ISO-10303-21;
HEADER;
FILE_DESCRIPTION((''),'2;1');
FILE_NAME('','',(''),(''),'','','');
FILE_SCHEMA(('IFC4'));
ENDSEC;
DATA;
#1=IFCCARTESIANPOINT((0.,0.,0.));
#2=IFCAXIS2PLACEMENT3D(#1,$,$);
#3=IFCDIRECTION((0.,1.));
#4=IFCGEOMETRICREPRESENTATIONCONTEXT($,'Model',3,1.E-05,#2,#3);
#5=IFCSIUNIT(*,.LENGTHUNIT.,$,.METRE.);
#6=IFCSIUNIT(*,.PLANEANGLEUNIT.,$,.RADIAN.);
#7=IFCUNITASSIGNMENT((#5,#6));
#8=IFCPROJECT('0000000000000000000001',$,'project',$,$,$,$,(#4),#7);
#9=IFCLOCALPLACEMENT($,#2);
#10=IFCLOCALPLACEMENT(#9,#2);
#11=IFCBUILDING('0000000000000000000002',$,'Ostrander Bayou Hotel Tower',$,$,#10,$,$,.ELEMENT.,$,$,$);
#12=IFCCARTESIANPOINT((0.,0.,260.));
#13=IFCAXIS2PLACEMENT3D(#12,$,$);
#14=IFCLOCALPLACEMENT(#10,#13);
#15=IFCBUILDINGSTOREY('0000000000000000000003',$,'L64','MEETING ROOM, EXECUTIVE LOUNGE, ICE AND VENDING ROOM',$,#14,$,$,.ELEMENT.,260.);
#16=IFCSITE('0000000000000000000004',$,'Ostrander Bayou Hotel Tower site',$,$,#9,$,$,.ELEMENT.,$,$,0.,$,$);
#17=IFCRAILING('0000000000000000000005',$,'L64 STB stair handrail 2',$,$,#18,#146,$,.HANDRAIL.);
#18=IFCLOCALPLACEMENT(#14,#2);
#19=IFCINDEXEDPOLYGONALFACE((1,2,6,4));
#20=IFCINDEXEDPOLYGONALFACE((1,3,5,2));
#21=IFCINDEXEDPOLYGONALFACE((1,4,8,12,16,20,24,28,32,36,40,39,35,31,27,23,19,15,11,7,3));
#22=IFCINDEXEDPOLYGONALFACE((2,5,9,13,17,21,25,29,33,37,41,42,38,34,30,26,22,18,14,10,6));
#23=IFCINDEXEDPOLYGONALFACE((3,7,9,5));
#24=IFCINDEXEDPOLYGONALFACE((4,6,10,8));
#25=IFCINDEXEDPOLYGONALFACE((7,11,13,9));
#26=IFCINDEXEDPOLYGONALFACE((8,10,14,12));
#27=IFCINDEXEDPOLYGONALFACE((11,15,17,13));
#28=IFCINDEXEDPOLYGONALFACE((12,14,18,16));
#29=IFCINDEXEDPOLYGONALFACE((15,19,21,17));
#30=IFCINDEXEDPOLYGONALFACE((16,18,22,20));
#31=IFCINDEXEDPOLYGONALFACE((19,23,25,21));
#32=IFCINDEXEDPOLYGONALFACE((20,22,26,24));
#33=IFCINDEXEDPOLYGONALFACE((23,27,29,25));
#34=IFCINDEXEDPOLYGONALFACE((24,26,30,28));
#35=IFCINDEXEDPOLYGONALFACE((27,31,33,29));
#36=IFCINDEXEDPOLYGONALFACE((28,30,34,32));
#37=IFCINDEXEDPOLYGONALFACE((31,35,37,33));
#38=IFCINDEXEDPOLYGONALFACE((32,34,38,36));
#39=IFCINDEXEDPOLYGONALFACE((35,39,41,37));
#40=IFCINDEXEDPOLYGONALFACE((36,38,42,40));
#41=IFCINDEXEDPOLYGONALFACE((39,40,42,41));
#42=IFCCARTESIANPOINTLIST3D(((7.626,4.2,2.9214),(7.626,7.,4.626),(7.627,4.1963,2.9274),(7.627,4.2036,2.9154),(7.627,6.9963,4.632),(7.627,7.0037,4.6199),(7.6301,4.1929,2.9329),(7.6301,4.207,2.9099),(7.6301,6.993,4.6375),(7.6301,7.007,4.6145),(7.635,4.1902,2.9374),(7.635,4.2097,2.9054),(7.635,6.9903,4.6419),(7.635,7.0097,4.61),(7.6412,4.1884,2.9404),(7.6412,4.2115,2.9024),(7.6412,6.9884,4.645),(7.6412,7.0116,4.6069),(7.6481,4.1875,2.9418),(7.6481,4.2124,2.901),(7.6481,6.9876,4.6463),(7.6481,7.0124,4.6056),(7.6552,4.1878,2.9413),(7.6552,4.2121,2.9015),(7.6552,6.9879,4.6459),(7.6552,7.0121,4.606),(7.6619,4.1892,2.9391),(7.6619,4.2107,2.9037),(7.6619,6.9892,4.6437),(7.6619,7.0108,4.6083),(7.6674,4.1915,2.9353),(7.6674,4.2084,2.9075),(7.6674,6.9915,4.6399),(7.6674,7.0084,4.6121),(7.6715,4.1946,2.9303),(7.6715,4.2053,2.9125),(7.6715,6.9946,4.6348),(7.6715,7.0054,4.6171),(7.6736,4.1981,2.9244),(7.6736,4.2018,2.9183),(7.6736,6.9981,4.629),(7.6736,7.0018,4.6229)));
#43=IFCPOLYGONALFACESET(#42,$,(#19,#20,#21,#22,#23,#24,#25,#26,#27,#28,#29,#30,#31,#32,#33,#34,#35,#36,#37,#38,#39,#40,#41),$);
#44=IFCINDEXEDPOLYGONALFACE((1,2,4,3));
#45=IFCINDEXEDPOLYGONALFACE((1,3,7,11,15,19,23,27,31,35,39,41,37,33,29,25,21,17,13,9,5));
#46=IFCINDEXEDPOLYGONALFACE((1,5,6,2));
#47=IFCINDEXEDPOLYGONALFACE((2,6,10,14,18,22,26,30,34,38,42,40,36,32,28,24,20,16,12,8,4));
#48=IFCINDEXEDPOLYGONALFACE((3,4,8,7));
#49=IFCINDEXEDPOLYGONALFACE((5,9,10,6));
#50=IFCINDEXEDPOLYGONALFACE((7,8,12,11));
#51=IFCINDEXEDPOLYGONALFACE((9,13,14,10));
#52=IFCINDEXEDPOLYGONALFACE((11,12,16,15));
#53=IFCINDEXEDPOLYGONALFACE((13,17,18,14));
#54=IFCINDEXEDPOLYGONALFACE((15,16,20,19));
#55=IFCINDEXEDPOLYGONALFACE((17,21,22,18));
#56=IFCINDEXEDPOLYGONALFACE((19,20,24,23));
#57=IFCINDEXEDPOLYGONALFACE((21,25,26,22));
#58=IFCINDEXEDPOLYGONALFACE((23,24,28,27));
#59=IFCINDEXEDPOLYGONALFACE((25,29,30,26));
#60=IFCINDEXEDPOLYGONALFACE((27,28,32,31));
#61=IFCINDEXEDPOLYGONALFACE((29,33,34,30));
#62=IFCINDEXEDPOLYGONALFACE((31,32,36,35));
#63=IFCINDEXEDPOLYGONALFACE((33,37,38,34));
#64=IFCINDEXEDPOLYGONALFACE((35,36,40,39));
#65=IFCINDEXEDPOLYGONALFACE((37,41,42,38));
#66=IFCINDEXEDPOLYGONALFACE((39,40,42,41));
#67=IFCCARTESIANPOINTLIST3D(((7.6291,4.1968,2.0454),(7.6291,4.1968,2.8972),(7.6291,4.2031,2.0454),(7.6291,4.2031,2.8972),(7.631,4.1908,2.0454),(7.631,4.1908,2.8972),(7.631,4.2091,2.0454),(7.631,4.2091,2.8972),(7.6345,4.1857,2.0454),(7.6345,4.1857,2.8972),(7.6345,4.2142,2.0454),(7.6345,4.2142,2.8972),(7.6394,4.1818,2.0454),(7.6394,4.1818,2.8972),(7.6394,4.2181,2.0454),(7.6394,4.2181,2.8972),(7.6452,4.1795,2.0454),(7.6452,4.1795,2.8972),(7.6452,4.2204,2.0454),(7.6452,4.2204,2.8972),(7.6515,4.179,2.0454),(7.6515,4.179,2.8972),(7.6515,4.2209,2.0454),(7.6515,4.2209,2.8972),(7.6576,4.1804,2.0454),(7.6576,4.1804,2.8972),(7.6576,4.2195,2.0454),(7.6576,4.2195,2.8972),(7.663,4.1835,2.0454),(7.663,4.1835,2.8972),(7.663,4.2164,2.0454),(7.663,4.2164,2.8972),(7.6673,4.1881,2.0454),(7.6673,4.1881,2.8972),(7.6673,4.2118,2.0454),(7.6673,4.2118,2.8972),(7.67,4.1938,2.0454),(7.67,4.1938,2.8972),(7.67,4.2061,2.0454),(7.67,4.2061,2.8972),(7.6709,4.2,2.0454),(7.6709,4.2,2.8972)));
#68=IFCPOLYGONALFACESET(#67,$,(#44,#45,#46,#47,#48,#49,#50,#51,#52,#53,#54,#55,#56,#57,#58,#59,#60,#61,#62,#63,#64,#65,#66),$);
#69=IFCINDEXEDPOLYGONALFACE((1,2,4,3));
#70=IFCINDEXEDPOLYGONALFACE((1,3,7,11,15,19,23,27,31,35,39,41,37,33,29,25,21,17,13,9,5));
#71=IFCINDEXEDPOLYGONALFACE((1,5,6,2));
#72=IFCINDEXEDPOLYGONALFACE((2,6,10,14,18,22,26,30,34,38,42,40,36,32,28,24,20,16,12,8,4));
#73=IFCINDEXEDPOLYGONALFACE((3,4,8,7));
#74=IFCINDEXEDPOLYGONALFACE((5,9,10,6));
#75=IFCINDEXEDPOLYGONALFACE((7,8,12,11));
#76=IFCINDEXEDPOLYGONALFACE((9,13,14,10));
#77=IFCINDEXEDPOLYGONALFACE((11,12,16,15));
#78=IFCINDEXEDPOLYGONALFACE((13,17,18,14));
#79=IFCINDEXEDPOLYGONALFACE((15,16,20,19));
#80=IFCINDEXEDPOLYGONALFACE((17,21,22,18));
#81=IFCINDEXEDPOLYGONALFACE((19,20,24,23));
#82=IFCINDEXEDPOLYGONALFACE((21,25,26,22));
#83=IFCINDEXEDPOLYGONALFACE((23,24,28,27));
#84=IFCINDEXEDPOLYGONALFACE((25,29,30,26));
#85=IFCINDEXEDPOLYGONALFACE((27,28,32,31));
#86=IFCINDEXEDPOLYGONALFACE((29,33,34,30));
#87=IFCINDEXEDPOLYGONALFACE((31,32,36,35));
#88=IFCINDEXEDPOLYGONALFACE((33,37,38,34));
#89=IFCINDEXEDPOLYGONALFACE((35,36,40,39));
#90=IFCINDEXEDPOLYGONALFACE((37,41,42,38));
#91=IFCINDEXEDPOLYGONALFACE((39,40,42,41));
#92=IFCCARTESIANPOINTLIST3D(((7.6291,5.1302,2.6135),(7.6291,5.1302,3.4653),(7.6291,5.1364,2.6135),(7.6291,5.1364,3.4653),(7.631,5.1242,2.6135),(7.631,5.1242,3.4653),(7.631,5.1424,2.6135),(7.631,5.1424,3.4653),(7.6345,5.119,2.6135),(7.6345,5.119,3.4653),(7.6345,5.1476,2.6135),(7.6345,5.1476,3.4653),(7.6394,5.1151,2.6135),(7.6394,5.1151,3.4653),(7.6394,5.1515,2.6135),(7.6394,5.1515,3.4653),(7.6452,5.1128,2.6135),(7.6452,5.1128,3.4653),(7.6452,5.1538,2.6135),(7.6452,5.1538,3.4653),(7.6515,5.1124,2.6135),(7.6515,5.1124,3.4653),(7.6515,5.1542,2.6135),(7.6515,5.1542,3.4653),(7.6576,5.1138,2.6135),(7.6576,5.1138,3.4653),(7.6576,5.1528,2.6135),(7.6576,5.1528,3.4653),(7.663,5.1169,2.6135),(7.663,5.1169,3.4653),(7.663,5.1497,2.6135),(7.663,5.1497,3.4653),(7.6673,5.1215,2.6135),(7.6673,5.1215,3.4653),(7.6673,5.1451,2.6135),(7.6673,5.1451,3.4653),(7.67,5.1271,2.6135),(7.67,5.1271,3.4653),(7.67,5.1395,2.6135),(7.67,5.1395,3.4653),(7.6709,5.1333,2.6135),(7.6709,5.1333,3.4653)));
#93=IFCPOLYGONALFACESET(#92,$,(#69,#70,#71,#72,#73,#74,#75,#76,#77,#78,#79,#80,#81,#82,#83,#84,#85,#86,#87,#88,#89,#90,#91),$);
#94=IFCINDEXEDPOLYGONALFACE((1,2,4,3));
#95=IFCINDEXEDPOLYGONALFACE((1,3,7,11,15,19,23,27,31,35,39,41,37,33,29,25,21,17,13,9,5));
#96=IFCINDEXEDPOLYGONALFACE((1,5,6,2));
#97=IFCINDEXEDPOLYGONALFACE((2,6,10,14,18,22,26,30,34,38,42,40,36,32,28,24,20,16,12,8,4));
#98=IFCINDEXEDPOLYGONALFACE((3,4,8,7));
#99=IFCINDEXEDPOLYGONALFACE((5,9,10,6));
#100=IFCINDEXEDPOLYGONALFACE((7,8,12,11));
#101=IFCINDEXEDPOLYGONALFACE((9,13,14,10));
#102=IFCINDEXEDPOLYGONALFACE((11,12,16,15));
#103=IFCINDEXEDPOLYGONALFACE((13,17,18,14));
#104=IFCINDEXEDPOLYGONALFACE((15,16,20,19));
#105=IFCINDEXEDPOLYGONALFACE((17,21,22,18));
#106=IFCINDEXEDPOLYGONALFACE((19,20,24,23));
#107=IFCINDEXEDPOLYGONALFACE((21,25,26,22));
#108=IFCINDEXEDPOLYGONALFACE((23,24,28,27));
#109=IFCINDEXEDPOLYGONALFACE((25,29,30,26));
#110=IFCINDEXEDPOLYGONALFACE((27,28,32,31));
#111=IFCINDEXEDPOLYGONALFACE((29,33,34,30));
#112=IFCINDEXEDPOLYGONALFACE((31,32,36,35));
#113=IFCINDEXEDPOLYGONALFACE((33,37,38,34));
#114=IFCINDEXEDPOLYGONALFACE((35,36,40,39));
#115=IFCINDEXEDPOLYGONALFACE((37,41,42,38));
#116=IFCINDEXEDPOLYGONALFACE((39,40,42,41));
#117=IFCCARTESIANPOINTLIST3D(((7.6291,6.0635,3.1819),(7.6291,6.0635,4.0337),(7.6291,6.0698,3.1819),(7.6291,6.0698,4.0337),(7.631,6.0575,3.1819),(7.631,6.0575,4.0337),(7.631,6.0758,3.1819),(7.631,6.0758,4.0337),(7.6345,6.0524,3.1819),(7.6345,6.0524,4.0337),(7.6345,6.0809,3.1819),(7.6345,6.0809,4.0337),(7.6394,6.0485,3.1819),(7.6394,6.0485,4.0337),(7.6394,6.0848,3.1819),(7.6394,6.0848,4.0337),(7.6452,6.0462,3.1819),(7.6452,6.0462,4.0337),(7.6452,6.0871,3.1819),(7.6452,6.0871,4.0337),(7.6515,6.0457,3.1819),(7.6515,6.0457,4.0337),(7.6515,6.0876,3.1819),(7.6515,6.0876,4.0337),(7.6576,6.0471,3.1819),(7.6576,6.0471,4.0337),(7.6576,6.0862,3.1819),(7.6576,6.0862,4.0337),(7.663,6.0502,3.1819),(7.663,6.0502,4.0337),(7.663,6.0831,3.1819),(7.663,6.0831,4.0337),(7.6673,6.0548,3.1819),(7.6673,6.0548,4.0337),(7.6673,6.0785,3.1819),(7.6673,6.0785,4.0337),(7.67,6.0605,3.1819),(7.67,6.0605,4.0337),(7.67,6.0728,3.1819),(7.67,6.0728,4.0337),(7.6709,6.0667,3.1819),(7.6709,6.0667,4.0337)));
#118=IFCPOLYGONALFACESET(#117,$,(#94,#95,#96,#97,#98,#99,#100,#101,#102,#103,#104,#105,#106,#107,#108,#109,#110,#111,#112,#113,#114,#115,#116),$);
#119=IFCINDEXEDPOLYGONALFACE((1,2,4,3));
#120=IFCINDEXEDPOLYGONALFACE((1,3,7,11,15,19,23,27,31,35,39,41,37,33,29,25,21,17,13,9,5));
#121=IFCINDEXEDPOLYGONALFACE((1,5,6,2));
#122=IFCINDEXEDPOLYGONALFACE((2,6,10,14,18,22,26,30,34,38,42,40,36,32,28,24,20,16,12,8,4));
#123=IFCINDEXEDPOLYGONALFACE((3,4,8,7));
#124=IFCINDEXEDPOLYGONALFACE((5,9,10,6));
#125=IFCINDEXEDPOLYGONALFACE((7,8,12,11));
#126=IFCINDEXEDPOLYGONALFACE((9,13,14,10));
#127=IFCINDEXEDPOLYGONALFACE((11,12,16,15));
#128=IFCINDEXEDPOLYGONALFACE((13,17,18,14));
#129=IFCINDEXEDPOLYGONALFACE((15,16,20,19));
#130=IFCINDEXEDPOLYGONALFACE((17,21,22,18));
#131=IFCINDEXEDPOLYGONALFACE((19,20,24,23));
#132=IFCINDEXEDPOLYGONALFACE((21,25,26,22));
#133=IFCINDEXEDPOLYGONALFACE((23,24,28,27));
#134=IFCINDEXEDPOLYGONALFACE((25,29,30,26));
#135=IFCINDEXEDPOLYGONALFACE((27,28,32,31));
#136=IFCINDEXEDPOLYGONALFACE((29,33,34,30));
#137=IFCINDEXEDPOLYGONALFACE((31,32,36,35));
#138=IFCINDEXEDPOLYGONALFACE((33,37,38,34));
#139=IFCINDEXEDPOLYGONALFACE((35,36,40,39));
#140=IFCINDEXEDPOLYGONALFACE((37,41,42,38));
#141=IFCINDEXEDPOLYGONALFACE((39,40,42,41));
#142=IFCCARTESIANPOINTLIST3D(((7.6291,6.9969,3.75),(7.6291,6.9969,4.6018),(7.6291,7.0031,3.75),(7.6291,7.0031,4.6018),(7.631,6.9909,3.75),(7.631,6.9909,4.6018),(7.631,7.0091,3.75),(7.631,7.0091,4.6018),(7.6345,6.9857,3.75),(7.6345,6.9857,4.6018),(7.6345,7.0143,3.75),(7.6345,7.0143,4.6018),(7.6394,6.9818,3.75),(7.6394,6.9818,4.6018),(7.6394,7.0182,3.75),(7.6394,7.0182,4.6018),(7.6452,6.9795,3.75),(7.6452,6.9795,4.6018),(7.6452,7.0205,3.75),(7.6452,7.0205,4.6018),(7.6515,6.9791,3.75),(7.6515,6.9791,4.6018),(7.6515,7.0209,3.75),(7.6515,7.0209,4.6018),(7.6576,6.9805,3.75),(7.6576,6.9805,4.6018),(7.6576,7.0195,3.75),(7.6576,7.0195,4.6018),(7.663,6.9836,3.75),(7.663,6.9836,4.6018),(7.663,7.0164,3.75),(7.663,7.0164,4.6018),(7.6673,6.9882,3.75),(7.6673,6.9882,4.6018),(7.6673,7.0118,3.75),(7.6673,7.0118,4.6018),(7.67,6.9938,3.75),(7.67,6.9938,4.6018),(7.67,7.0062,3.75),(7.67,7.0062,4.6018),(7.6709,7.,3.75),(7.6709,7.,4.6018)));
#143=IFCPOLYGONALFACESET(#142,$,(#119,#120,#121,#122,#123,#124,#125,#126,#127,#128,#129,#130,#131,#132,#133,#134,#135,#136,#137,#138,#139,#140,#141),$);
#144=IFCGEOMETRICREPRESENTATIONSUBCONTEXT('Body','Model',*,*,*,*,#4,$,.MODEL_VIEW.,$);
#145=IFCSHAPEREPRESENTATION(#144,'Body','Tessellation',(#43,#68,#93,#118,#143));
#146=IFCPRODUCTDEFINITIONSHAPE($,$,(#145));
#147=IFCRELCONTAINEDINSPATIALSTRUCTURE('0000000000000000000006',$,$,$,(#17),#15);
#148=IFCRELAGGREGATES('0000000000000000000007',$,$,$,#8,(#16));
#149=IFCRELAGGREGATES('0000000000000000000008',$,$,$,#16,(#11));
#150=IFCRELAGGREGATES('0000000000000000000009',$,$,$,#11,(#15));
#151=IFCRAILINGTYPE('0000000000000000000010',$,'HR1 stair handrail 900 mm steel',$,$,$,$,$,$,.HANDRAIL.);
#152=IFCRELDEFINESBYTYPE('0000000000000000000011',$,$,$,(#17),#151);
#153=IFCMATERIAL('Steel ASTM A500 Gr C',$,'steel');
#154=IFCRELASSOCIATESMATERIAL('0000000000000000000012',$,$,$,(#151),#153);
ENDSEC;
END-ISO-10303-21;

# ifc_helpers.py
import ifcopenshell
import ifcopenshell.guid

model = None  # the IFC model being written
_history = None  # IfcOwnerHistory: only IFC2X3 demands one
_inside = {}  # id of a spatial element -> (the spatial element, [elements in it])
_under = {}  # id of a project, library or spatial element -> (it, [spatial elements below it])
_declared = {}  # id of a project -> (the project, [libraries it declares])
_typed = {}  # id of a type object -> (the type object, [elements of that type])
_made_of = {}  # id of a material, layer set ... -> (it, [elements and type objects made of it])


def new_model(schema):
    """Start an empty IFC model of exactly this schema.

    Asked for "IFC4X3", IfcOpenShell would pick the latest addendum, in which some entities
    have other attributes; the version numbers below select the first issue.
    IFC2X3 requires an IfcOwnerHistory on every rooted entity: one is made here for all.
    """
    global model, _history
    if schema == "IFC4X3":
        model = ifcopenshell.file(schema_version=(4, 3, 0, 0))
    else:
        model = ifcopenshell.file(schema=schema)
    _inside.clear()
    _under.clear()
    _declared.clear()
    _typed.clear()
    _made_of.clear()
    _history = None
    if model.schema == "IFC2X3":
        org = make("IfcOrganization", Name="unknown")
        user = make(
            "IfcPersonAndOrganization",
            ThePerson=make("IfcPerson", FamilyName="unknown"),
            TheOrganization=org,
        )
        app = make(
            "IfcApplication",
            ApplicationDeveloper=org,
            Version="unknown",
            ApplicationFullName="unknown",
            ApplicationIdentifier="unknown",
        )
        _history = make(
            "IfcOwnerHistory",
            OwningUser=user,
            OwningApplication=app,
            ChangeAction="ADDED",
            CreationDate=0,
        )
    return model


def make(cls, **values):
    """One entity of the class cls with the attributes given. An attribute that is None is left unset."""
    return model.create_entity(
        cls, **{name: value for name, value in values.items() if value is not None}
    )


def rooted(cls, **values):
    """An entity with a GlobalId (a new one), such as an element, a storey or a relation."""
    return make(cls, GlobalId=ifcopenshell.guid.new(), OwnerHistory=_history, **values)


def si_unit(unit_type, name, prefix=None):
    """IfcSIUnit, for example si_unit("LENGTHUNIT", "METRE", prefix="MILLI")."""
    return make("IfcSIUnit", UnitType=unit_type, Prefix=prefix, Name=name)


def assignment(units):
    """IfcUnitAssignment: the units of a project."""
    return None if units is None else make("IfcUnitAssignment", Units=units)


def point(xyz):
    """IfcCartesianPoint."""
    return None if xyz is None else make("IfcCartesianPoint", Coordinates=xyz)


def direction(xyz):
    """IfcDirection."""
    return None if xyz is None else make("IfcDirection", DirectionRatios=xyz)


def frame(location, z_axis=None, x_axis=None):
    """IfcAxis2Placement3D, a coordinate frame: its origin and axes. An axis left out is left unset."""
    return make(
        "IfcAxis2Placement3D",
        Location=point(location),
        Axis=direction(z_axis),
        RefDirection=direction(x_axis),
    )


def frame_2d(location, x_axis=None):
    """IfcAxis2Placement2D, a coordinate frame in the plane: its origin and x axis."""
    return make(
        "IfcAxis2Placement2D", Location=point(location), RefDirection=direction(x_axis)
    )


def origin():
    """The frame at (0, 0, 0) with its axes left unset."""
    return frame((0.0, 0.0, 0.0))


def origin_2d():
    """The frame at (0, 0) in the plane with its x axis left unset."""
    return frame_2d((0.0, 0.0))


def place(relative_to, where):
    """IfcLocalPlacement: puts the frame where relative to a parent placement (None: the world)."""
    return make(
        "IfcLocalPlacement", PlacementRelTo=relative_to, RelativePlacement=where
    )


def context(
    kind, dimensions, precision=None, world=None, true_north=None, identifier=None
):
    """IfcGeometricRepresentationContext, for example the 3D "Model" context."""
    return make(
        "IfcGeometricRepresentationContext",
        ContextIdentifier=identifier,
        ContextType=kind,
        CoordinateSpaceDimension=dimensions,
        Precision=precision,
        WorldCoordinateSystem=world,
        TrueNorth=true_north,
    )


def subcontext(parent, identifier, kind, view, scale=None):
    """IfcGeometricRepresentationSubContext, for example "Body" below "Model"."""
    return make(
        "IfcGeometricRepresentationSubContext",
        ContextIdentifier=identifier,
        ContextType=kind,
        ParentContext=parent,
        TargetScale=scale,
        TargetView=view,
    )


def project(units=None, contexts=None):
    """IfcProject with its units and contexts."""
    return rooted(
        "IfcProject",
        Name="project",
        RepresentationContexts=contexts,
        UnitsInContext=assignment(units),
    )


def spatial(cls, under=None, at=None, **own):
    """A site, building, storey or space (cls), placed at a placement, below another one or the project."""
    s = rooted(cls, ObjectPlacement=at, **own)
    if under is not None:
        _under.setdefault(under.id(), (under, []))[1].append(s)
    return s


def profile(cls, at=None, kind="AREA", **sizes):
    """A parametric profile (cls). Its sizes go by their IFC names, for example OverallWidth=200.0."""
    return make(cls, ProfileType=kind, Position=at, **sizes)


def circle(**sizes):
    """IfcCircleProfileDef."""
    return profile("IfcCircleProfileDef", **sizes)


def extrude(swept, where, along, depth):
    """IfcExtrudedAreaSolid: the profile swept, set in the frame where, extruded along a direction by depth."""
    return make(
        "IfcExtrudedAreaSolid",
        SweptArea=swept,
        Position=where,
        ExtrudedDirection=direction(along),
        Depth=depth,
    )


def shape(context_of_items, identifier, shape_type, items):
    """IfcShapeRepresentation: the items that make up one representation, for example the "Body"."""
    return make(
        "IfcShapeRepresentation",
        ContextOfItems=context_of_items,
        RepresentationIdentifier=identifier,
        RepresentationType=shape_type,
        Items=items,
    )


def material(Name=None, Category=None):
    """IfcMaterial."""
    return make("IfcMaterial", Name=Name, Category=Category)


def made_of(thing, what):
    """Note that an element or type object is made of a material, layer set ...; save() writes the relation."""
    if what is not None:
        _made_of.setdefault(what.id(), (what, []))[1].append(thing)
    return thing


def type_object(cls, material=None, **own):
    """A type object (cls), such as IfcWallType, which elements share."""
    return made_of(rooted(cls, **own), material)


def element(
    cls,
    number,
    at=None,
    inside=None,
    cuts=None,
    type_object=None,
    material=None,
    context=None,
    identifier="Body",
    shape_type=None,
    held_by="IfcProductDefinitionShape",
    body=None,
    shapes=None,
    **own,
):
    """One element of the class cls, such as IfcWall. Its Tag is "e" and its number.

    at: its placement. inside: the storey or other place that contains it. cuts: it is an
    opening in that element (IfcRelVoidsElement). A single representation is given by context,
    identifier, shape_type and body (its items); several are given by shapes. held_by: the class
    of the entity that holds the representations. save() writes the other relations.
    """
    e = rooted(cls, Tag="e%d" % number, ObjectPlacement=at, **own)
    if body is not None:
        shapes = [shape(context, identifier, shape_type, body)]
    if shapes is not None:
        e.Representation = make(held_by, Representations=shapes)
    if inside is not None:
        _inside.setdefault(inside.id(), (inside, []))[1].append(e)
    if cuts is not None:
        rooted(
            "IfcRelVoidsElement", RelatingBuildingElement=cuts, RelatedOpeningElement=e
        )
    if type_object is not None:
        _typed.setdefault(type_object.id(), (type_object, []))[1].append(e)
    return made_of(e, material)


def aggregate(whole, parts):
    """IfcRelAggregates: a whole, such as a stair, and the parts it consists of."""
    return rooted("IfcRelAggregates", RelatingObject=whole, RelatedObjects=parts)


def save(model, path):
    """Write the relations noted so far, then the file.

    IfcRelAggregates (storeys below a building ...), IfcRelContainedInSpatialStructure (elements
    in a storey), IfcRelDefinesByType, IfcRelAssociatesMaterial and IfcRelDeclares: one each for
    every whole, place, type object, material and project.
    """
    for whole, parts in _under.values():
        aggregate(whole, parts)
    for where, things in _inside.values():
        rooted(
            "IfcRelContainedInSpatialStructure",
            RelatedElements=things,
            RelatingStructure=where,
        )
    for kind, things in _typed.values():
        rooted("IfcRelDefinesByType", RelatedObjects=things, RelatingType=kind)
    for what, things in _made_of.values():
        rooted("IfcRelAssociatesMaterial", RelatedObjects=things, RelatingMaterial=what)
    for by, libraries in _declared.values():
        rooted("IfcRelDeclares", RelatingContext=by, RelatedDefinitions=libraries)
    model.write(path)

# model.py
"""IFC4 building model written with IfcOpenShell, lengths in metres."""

from ifc_helpers import new_model, si_unit, direction, frame, origin, origin_2d, place, context, subcontext, project, spatial, circle, extrude, material, type_object, element, save


model = new_model("IFC4")

# Units and contexts
model_context = context("Model", 3, precision=1e-05, world=origin(), true_north=direction((0.0, 1.0)))
body_context = subcontext(model_context, "Body", "Model", "MODEL_VIEW")
ifc_project = project(units=[si_unit("LENGTHUNIT", "METRE"), si_unit("PLANEANGLEUNIT", "RADIAN")], contexts=[model_context])

# Site, building, storey
site_placement = place(None, origin())
site = spatial("IfcSite", under=ifc_project, at=site_placement, Name="Ostrander Bayou Hotel Tower site", CompositionType="ELEMENT", RefElevation=0.0)
building_placement = place(site_placement, origin())
building = spatial("IfcBuilding", under=site, at=building_placement, Name="Ostrander Bayou Hotel Tower", CompositionType="ELEMENT")
storey_placement = place(building_placement, frame((0.0, 0.0, 260.0)))
storey = spatial("IfcBuildingStorey", under=building, at=storey_placement, Name="L64", Description="MEETING ROOM, EXECUTIVE LOUNGE, ICE AND VENDING ROOM", CompositionType="ELEMENT", Elevation=260.0)

# Railing
ifc_material_1 = material(Name="Steel ASTM A500 Gr C", Category="steel")
railing_type_1 = type_object("IfcRailingType", Name="HR1 stair handrail 900 mm steel", PredefinedType="HANDRAIL", material=ifc_material_1)
railing_1_placement = place(storey_placement, frame((7.6499, 4.2, 2.0454)))
element("IfcRailing", 1, at=railing_1_placement, inside=storey, type_object=railing_type_1, Name="L64 STB stair handrail 2", PredefinedType="HANDRAIL", context=body_context, shape_type="SweptSolid", body=[
    extrude(circle(Radius=0.0239, at=origin_2d()), frame((0.0, 0.0, 0.876), z_axis=(0.0, 0.85417, 0.519994), x_axis=(-1.0, 0.0, 0.0)), (0.0, 0.0, 1.0), 3.2781),
    extrude(circle(Radius=0.021, at=origin_2d()), origin(), (0.0, 0.0, 1.0), 0.8518),
    extrude(circle(Radius=0.021, at=origin_2d()), frame((0.0, 0.9333, 0.5681)), (0.0, 0.0, 1.0), 0.8518),
    extrude(circle(Radius=0.021, at=origin_2d()), frame((0.0, 1.8667, 1.1365)), (0.0, 0.0, 1.0), 0.8518),
    extrude(circle(Radius=0.021, at=origin_2d()), frame((0.0, 2.8, 1.7046)), (0.0, 0.0, 1.0), 0.8518),
])

save(model, "model.ifc")
